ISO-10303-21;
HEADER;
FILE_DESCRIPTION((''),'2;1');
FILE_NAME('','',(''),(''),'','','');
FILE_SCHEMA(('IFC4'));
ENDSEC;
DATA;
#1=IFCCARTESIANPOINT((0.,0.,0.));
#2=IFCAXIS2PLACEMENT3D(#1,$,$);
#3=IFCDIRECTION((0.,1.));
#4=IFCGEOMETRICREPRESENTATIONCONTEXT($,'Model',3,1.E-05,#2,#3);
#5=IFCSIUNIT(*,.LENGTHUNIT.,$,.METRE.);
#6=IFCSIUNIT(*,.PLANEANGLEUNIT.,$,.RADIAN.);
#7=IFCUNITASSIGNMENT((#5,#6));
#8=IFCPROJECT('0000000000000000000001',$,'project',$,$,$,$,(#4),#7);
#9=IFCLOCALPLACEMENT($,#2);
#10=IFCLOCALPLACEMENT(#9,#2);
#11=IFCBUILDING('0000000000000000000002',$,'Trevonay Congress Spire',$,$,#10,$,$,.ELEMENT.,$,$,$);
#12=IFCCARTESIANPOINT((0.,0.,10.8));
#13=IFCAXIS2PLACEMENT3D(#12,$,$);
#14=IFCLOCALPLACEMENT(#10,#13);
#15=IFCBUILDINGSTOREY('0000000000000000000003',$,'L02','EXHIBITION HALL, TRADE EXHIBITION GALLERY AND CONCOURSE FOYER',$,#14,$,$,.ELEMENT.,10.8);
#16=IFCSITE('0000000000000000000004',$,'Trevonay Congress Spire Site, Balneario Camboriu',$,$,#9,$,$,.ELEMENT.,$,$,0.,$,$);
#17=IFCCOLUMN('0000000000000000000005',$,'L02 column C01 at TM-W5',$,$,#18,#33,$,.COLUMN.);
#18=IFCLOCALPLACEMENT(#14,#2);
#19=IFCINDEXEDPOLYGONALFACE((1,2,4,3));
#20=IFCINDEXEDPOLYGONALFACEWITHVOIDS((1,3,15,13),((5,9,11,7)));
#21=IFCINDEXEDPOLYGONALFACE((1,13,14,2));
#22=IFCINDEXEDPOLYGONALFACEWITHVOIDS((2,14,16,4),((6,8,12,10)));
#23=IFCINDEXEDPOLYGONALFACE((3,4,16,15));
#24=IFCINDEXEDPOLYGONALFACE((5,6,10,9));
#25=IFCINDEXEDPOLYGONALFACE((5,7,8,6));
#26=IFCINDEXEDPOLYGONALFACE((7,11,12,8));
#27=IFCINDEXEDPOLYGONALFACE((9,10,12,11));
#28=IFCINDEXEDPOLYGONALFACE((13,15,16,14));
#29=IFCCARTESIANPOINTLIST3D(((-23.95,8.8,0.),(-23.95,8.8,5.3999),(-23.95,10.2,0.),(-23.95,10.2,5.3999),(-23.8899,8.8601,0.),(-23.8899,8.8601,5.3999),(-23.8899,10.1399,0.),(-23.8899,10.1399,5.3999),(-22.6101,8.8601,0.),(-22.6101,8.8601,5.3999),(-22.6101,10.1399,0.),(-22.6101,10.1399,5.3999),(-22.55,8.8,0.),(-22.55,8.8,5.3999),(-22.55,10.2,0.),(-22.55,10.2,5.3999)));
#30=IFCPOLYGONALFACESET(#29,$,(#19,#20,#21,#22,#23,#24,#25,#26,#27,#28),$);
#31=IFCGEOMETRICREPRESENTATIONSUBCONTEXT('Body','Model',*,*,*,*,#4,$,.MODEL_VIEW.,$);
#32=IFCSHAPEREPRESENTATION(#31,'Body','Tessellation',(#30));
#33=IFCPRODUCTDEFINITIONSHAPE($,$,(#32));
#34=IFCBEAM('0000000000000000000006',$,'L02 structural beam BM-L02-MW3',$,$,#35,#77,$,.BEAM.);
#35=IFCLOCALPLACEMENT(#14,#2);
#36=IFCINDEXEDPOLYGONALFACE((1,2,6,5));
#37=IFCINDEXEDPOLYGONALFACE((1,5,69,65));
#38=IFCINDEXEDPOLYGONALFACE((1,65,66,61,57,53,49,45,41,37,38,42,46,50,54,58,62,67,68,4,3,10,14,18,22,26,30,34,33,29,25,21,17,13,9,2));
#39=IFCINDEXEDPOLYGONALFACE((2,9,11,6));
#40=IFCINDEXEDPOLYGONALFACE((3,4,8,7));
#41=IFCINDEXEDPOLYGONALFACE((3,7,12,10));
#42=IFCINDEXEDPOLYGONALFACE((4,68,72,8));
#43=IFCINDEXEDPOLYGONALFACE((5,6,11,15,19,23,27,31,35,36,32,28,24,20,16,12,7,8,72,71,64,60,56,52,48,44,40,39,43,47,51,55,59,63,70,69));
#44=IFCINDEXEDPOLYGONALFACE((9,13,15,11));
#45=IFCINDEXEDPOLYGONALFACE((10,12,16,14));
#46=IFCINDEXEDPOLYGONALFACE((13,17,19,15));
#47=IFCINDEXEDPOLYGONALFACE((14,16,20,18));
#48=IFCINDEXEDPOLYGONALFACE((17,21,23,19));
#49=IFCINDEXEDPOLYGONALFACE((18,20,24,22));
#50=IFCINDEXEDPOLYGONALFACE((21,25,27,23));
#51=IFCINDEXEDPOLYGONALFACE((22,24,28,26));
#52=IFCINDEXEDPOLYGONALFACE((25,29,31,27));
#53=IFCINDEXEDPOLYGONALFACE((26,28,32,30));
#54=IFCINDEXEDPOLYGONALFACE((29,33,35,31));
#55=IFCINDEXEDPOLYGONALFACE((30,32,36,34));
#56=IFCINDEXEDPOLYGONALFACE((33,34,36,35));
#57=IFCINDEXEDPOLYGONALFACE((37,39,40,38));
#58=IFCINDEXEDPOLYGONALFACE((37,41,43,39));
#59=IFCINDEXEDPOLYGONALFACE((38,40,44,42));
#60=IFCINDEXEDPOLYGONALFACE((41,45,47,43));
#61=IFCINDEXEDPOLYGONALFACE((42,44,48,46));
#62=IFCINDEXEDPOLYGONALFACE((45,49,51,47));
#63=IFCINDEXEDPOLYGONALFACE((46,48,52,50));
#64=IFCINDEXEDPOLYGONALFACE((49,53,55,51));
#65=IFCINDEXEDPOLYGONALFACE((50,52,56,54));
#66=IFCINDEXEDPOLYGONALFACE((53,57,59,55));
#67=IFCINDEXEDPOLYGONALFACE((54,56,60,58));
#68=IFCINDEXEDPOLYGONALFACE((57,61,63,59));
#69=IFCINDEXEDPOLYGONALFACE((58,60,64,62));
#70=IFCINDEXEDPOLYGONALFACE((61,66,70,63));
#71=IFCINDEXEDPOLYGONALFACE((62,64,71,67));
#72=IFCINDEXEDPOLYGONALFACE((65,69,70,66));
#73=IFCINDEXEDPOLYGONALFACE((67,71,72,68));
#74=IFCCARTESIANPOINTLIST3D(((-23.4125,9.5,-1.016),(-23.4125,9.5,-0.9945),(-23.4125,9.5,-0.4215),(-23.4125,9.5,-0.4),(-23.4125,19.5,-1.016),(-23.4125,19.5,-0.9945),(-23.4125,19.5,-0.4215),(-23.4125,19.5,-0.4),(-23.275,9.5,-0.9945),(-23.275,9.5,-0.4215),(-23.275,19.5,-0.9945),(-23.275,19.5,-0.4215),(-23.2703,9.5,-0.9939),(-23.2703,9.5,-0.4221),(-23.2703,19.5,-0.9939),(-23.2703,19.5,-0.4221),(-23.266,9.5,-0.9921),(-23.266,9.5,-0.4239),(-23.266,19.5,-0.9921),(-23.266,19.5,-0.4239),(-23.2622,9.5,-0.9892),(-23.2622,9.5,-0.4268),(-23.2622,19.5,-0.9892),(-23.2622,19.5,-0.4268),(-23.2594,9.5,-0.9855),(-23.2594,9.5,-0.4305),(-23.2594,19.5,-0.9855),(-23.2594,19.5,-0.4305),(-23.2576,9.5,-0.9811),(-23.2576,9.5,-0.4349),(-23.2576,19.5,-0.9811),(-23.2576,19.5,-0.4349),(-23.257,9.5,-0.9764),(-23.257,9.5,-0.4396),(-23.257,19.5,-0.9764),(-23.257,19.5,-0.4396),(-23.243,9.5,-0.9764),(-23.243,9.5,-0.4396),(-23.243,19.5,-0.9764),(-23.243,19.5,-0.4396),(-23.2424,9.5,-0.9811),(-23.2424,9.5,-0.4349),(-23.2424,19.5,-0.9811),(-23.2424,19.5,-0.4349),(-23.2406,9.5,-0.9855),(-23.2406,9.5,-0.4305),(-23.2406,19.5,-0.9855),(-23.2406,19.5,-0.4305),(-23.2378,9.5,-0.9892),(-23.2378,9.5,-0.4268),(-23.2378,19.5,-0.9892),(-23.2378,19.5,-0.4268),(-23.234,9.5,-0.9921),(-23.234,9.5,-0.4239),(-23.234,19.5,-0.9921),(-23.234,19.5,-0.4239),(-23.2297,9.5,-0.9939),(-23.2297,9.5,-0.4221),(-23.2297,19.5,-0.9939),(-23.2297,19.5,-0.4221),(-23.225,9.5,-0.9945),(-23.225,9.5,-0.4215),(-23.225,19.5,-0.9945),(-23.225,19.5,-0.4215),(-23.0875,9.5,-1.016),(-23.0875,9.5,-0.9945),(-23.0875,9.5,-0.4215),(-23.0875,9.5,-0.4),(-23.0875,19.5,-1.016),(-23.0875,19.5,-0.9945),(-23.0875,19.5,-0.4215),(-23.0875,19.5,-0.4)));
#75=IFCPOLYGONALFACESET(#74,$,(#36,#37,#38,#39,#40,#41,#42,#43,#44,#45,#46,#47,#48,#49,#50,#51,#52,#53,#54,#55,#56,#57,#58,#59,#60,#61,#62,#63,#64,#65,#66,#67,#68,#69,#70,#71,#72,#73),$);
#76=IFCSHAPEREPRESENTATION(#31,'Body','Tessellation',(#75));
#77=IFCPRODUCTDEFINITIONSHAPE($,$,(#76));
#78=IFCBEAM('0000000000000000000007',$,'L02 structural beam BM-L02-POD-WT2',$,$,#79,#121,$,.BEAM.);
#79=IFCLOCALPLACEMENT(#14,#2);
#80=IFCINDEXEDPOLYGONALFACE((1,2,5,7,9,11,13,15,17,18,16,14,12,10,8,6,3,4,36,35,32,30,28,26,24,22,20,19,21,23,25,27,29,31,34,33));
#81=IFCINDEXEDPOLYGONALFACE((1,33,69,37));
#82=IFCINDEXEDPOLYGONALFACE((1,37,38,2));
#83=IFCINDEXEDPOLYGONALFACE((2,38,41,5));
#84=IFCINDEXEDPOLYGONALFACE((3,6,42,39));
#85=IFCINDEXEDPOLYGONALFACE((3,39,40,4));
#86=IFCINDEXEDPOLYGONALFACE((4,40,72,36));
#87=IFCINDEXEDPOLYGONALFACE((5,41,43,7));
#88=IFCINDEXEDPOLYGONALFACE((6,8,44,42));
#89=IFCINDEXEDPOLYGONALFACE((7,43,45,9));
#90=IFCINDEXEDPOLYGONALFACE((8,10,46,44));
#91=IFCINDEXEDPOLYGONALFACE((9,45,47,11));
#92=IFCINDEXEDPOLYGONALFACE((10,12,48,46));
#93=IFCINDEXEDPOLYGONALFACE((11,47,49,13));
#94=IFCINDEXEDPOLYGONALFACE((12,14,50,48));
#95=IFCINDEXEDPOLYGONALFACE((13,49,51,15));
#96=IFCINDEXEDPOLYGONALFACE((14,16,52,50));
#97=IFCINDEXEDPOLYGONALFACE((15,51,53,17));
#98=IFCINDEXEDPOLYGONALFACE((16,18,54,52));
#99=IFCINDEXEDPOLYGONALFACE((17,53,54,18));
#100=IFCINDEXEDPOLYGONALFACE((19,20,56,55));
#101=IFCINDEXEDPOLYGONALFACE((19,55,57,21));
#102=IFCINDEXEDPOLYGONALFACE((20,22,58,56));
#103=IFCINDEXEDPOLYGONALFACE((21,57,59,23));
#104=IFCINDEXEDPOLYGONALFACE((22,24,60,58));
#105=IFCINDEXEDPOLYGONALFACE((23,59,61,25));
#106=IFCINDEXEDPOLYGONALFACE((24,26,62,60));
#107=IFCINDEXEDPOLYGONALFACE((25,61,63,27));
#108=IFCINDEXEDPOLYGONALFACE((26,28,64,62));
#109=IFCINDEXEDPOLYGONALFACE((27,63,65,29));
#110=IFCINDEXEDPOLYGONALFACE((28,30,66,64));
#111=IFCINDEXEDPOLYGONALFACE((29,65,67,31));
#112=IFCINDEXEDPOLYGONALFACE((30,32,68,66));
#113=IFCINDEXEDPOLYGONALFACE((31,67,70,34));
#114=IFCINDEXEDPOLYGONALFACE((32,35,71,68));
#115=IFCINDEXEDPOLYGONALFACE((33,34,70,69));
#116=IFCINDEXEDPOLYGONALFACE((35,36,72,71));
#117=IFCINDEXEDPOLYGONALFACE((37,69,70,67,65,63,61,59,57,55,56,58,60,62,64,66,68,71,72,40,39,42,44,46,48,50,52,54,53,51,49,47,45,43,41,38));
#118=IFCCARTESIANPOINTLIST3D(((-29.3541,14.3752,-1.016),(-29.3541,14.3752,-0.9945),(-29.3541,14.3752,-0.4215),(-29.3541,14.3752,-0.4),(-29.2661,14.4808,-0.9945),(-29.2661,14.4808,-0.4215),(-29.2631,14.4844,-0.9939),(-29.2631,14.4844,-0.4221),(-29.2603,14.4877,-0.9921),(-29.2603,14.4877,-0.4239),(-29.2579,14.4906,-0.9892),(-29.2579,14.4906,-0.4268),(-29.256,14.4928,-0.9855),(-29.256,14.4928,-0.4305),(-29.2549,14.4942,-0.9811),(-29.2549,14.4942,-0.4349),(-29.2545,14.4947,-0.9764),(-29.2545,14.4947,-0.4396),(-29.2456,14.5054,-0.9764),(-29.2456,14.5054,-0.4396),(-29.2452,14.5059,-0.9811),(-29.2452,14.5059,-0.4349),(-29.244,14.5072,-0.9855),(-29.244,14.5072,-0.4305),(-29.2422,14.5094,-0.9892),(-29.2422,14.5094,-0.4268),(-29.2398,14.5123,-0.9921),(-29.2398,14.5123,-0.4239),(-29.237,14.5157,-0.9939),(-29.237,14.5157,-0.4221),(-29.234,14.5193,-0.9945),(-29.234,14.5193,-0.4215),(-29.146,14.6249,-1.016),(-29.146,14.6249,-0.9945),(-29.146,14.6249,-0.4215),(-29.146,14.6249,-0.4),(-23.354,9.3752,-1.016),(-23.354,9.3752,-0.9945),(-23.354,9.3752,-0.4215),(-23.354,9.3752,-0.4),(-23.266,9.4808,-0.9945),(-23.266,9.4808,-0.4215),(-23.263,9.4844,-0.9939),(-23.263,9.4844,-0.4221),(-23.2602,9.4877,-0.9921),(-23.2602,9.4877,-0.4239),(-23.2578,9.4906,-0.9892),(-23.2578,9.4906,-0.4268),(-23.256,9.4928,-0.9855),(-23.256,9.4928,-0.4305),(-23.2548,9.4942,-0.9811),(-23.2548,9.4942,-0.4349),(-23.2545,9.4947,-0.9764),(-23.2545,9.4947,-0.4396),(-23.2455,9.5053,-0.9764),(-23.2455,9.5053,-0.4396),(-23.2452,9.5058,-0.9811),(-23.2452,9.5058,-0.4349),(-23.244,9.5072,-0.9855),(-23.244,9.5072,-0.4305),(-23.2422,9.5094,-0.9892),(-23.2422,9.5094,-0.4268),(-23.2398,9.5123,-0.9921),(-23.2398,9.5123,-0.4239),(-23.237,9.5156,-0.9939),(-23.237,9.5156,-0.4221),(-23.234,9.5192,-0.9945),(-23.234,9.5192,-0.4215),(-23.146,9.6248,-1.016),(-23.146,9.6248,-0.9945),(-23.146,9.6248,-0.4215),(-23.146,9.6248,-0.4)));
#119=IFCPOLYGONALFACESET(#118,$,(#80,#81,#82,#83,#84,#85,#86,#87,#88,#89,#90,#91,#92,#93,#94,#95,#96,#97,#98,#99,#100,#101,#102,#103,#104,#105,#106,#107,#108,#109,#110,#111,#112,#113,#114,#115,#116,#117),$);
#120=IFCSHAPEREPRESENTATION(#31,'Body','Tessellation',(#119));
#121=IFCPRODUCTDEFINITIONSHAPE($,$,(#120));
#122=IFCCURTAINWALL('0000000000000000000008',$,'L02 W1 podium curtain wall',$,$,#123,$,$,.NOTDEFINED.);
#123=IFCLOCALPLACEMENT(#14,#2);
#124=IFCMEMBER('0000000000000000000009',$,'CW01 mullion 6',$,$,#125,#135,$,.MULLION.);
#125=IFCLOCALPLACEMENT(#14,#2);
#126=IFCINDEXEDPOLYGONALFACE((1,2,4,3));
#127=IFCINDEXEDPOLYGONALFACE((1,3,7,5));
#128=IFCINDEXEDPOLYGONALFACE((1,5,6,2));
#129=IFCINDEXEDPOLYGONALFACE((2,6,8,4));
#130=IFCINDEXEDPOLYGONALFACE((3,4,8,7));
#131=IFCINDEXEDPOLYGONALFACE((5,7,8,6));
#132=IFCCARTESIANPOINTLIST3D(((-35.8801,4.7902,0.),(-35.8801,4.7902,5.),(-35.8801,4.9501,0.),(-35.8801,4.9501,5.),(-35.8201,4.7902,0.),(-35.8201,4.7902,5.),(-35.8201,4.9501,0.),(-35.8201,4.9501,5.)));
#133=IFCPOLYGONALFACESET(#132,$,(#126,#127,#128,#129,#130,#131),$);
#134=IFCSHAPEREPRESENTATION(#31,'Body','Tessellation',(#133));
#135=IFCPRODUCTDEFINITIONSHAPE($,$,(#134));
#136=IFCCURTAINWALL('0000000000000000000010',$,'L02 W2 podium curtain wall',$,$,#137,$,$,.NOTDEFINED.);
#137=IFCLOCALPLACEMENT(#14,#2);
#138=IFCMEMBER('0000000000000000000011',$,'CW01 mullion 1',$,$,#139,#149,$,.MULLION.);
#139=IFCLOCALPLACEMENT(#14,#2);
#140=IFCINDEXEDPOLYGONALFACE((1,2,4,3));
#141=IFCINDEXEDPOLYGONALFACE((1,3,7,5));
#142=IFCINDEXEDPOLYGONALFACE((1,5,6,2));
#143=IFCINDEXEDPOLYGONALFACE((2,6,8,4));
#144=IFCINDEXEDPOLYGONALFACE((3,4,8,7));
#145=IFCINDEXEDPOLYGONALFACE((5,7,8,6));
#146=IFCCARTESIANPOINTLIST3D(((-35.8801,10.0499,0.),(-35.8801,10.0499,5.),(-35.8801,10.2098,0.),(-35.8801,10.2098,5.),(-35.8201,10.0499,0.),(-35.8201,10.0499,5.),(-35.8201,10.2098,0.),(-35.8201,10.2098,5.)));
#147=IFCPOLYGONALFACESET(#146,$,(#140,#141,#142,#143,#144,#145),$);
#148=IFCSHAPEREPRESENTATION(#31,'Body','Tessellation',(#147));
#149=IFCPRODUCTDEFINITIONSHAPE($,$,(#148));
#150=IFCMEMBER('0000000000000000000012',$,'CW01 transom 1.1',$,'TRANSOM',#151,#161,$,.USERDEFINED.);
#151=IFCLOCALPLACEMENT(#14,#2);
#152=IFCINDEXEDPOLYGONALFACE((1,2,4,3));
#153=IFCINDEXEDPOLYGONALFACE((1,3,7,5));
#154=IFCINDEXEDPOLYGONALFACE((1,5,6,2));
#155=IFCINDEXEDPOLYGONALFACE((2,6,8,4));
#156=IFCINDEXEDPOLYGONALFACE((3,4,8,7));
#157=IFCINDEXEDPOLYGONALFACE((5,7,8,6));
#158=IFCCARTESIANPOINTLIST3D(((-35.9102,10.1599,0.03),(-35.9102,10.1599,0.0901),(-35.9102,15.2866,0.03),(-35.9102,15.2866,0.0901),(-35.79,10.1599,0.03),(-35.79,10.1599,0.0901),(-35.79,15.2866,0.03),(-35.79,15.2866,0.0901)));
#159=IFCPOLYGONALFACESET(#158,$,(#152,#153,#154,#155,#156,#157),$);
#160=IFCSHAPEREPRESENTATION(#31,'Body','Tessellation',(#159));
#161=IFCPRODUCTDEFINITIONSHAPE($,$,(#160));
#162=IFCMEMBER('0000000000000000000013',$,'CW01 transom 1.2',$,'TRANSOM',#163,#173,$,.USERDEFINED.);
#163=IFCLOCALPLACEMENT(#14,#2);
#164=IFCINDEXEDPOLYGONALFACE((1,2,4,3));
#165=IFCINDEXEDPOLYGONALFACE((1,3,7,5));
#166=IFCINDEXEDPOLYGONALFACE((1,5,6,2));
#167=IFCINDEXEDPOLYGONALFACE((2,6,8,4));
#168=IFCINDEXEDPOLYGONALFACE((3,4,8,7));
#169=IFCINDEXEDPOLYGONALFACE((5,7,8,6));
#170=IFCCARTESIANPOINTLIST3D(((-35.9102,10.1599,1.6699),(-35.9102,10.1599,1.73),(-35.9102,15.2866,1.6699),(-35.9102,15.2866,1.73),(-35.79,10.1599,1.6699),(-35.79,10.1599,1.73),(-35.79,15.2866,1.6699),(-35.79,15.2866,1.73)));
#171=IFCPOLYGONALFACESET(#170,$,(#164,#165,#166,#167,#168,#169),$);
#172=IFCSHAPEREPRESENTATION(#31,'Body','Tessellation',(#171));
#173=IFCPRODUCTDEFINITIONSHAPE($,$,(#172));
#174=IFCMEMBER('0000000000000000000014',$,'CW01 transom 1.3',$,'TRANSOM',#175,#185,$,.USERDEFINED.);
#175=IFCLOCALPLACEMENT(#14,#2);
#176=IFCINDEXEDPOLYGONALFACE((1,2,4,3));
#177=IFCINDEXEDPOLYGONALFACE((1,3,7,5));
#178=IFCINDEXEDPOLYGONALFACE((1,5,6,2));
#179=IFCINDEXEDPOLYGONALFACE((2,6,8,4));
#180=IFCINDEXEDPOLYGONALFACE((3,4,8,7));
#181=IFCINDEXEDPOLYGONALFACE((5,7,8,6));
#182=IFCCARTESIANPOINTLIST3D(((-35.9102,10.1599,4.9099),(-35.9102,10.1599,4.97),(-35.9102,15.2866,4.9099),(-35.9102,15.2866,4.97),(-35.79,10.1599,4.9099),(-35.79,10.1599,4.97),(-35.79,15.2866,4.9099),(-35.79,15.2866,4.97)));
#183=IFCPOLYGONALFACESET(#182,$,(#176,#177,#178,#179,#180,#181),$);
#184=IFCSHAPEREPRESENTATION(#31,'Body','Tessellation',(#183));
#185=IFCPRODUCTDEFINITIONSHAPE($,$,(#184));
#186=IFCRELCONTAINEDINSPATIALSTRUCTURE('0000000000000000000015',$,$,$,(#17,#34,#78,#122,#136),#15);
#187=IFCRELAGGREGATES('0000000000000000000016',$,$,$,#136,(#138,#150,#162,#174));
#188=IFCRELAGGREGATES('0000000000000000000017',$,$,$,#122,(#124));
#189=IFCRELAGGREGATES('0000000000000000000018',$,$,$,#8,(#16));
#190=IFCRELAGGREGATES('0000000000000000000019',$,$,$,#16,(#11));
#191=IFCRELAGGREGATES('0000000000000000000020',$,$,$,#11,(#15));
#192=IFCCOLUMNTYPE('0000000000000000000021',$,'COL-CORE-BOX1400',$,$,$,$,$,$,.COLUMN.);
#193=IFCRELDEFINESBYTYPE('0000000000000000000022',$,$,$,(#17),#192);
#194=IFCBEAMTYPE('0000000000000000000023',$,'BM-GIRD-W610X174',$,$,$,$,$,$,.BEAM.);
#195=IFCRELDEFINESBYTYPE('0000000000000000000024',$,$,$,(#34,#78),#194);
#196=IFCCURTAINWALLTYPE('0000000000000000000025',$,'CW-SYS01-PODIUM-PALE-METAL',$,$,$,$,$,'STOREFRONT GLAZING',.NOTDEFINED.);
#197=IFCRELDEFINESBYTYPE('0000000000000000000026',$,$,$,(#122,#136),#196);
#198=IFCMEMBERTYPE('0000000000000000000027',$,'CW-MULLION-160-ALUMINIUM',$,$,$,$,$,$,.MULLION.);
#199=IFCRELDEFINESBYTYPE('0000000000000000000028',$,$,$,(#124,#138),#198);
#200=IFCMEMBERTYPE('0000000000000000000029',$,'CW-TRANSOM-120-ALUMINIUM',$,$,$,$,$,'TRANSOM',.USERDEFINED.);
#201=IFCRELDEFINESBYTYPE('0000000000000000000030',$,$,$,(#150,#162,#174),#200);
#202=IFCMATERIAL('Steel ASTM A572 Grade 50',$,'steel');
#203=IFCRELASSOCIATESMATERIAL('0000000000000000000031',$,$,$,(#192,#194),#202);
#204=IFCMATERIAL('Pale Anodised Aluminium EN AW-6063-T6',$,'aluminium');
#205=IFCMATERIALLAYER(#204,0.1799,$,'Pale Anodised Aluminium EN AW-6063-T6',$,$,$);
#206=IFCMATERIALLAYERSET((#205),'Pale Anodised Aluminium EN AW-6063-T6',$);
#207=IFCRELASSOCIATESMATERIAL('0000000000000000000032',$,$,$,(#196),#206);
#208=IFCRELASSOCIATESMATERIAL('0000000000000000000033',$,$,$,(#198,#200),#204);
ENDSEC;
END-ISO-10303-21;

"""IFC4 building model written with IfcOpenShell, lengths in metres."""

from ifc_helpers import new_model, si_unit, direction, frame, origin, origin_2d, place, context, subcontext, project, spatial, rectangle, hollow_rectangle, i_section, extrude, material, layer, layer_set, material_profile, profile_set, type_object, element, aggregate, save


model = new_model("IFC4")

# Units and contexts
model_context = context("Model", 3, precision=1e-05, world=origin(), true_north=direction((0.0, 1.0)))
body_context = subcontext(model_context, "Body", "Model", "MODEL_VIEW")
ifc_project = project(units=[si_unit("LENGTHUNIT", "METRE"), si_unit("PLANEANGLEUNIT", "RADIAN")], contexts=[model_context])

# Site, building, storey
site_placement = place(None, origin())
site = spatial("IfcSite", under=ifc_project, at=site_placement, Name="Trevonay Congress Spire Site, Balneario Camboriu", CompositionType="ELEMENT", RefElevation=0.0)
building_placement = place(site_placement, origin())
building = spatial("IfcBuilding", under=site, at=building_placement, Name="Trevonay Congress Spire", CompositionType="ELEMENT")
storey_placement = place(building_placement, frame((0.0, 0.0, 10.8)))
storey = spatial("IfcBuildingStorey", under=building, at=storey_placement, Name="L02", Description="EXHIBITION HALL, TRADE EXHIBITION GALLERY AND CONCOURSE FOYER", CompositionType="ELEMENT", Elevation=10.8)

# Column
ifc_material_1 = material(Name="Steel ASTM A572 Grade 50", Category="steel")
ifc_material_profile_1 = material_profile(ifc_material_1, hollow_rectangle(XDim=1.3999, YDim=1.3999, WallThickness=0.0601, at=origin_2d()), Name="BOX 1400x1400x60")
ifc_profile_set_1 = profile_set([ifc_material_profile_1], Name="Steel ASTM A572 Grade 50")
column_type = type_object("IfcColumnType", Name="COL-CORE-BOX1400", PredefinedType="COLUMN", material=ifc_profile_set_1)
column_placement = place(storey_placement, frame((-23.25, 9.5, 0.0), z_axis=(0.0, 0.0, 1.0), x_axis=(1.0, 0.0, 0.0)))
element("IfcColumn", 1, at=column_placement, inside=storey, type_object=column_type, Name="L02 column C01 at TM-W5", PredefinedType="COLUMN", context=body_context, shape_type="SweptSolid", body=[
    extrude(hollow_rectangle(XDim=1.3999, YDim=1.3999, WallThickness=0.0601, at=origin_2d()), origin(), (0.0, 0.0, 1.0), 5.3999),
])

# Beams
ifc_material_profile_2 = material_profile(ifc_material_1, i_section(OverallWidth=0.325, OverallDepth=0.616, WebThickness=0.0139, FlangeThickness=0.0215, FilletRadius=0.0181, at=origin_2d()), Name="W610x174")
ifc_profile_set_2 = profile_set([ifc_material_profile_2], Name="Steel ASTM A572 Grade 50")
beam_type_1 = type_object("IfcBeamType", Name="BM-GIRD-W610X174", PredefinedType="BEAM", material=ifc_profile_set_2)
beam_1_placement = place(storey_placement, frame((-23.25, 9.5, -0.708), z_axis=(0.0, 1.0, 0.0), x_axis=(-1.0, 0.0, 0.0)))
element("IfcBeam", 2, at=beam_1_placement, inside=storey, type_object=beam_type_1, Name="L02 structural beam BM-L02-MW3", PredefinedType="BEAM", context=body_context, shape_type="SweptSolid", body=[
    extrude(i_section(OverallWidth=0.325, OverallDepth=0.616, WebThickness=0.0139, FlangeThickness=0.0215, FilletRadius=0.0181, at=origin_2d()), origin(), (0.0, 0.0, 1.0), 10.0),
])
beam_2_placement = place(storey_placement, frame((-23.25, 9.5, -0.708), z_axis=(-0.768221, 0.640184, 0.0), x_axis=(-0.640184, -0.768221, 0.0)))
element("IfcBeam", 3, at=beam_2_placement, inside=storey, type_object=beam_type_1, Name="L02 structural beam BM-L02-POD-WT2", PredefinedType="BEAM", context=body_context, shape_type="SweptSolid", body=[
    extrude(i_section(OverallWidth=0.325, OverallDepth=0.616, WebThickness=0.0139, FlangeThickness=0.0215, FilletRadius=0.0181, at=origin_2d()), origin(), (0.0, 0.0, 1.0), 7.8103),
])

# Curtain wall, member
ifc_material_2 = material(Name="Pale Anodised Aluminium EN AW-6063-T6", Category="aluminium")
ifc_layer_1 = layer(ifc_material_2, 0.1799, Name="Pale Anodised Aluminium EN AW-6063-T6")
ifc_layer_set_1 = layer_set([ifc_layer_1], Name="Pale Anodised Aluminium EN AW-6063-T6")
curtain_wall_type = type_object("IfcCurtainWallType", Name="CW-SYS01-PODIUM-PALE-METAL", ElementType="STOREFRONT GLAZING", PredefinedType="NOTDEFINED", material=ifc_layer_set_1)
curtain_wall_1_placement = place(storey_placement, origin())
curtain_wall_1 = element("IfcCurtainWall", 4, at=curtain_wall_1_placement, inside=storey, type_object=curtain_wall_type, Name="L02 W1 podium curtain wall", PredefinedType="NOTDEFINED")
ifc_material_profile_3 = material_profile(ifc_material_2, rectangle(XDim=0.0601, YDim=0.1599, at=origin_2d()), Name="CW-MULLION-160-ALUMINIUM")
ifc_profile_set_3 = profile_set([ifc_material_profile_3], Name="Pale Anodised Aluminium EN AW-6063-T6")
member_type_1 = type_object("IfcMemberType", Name="CW-MULLION-160-ALUMINIUM", PredefinedType="MULLION", material=ifc_profile_set_3)
member_1_placement = place(storey_placement, frame((-35.8501, 4.8701, 0.0), z_axis=(0.0, 0.0, 1.0), x_axis=(-1.0, 0.0, 0.0)))
member_1 = element("IfcMember", 5, at=member_1_placement, type_object=member_type_1, Name="CW01 mullion 6", PredefinedType="MULLION", context=body_context, shape_type="SweptSolid", body=[
    extrude(rectangle(XDim=0.0601, YDim=0.1599, at=origin_2d()), origin(), (0.0, 0.0, 1.0), 5.0),
])

# Curtain wall, members
curtain_wall_2_placement = place(storey_placement, origin())
curtain_wall_2 = element("IfcCurtainWall", 6, at=curtain_wall_2_placement, inside=storey, type_object=curtain_wall_type, Name="L02 W2 podium curtain wall", PredefinedType="NOTDEFINED")
member_2_placement = place(storey_placement, frame((-35.8501, 10.1299, 0.0), z_axis=(0.0, 0.0, 1.0), x_axis=(-1.0, 0.0, 0.0)))
member_2 = element("IfcMember", 7, at=member_2_placement, type_object=member_type_1, Name="CW01 mullion 1", PredefinedType="MULLION", context=body_context, shape_type="SweptSolid", body=[
    extrude(rectangle(XDim=0.0601, YDim=0.1599, at=origin_2d()), origin(), (0.0, 0.0, 1.0), 5.0),
])
ifc_material_profile_4 = material_profile(ifc_material_2, rectangle(XDim=0.1201, YDim=0.0601, at=origin_2d()), Name="CW-TRANSOM-120-ALUMINIUM")
ifc_profile_set_4 = profile_set([ifc_material_profile_4], Name="Pale Anodised Aluminium EN AW-6063-T6")
member_type_2 = type_object("IfcMemberType", Name="CW-TRANSOM-120-ALUMINIUM", ElementType="TRANSOM", PredefinedType="USERDEFINED", material=ifc_profile_set_4)
member_3_placement = place(storey_placement, frame((-35.8501, 10.1599, 0.0601), z_axis=(0.0, 1.0, 0.0), x_axis=(-1.0, 0.0, 0.0)))
member_3 = element("IfcMember", 8, at=member_3_placement, type_object=member_type_2, Name="CW01 transom 1.1", ObjectType="TRANSOM", PredefinedType="USERDEFINED", context=body_context, shape_type="SweptSolid", body=[
    extrude(rectangle(XDim=0.1201, YDim=0.0601, at=origin_2d()), origin(), (0.0, 0.0, 1.0), 5.1267),
])
member_4_placement = place(storey_placement, frame((-35.8501, 10.1599, 1.7), z_axis=(0.0, 1.0, 0.0), x_axis=(-1.0, 0.0, 0.0)))
member_4 = element("IfcMember", 9, at=member_4_placement, type_object=member_type_2, Name="CW01 transom 1.2", ObjectType="TRANSOM", PredefinedType="USERDEFINED", context=body_context, shape_type="SweptSolid", body=[
    extrude(rectangle(XDim=0.1201, YDim=0.0601, at=origin_2d()), origin(), (0.0, 0.0, 1.0), 5.1267),
])
member_5_placement = place(storey_placement, frame((-35.8501, 10.1599, 4.9399), z_axis=(0.0, 1.0, 0.0), x_axis=(-1.0, 0.0, 0.0)))
member_5 = element("IfcMember", 10, at=member_5_placement, type_object=member_type_2, Name="CW01 transom 1.3", ObjectType="TRANSOM", PredefinedType="USERDEFINED", context=body_context, shape_type="SweptSolid", body=[
    extrude(rectangle(XDim=0.1201, YDim=0.0601, at=origin_2d()), origin(), (0.0, 0.0, 1.0), 5.1267),
])
aggregate(curtain_wall_2, [member_2, member_3, member_4, member_5])

aggregate(curtain_wall_1, [member_1])

save(model, "model.ifc")
